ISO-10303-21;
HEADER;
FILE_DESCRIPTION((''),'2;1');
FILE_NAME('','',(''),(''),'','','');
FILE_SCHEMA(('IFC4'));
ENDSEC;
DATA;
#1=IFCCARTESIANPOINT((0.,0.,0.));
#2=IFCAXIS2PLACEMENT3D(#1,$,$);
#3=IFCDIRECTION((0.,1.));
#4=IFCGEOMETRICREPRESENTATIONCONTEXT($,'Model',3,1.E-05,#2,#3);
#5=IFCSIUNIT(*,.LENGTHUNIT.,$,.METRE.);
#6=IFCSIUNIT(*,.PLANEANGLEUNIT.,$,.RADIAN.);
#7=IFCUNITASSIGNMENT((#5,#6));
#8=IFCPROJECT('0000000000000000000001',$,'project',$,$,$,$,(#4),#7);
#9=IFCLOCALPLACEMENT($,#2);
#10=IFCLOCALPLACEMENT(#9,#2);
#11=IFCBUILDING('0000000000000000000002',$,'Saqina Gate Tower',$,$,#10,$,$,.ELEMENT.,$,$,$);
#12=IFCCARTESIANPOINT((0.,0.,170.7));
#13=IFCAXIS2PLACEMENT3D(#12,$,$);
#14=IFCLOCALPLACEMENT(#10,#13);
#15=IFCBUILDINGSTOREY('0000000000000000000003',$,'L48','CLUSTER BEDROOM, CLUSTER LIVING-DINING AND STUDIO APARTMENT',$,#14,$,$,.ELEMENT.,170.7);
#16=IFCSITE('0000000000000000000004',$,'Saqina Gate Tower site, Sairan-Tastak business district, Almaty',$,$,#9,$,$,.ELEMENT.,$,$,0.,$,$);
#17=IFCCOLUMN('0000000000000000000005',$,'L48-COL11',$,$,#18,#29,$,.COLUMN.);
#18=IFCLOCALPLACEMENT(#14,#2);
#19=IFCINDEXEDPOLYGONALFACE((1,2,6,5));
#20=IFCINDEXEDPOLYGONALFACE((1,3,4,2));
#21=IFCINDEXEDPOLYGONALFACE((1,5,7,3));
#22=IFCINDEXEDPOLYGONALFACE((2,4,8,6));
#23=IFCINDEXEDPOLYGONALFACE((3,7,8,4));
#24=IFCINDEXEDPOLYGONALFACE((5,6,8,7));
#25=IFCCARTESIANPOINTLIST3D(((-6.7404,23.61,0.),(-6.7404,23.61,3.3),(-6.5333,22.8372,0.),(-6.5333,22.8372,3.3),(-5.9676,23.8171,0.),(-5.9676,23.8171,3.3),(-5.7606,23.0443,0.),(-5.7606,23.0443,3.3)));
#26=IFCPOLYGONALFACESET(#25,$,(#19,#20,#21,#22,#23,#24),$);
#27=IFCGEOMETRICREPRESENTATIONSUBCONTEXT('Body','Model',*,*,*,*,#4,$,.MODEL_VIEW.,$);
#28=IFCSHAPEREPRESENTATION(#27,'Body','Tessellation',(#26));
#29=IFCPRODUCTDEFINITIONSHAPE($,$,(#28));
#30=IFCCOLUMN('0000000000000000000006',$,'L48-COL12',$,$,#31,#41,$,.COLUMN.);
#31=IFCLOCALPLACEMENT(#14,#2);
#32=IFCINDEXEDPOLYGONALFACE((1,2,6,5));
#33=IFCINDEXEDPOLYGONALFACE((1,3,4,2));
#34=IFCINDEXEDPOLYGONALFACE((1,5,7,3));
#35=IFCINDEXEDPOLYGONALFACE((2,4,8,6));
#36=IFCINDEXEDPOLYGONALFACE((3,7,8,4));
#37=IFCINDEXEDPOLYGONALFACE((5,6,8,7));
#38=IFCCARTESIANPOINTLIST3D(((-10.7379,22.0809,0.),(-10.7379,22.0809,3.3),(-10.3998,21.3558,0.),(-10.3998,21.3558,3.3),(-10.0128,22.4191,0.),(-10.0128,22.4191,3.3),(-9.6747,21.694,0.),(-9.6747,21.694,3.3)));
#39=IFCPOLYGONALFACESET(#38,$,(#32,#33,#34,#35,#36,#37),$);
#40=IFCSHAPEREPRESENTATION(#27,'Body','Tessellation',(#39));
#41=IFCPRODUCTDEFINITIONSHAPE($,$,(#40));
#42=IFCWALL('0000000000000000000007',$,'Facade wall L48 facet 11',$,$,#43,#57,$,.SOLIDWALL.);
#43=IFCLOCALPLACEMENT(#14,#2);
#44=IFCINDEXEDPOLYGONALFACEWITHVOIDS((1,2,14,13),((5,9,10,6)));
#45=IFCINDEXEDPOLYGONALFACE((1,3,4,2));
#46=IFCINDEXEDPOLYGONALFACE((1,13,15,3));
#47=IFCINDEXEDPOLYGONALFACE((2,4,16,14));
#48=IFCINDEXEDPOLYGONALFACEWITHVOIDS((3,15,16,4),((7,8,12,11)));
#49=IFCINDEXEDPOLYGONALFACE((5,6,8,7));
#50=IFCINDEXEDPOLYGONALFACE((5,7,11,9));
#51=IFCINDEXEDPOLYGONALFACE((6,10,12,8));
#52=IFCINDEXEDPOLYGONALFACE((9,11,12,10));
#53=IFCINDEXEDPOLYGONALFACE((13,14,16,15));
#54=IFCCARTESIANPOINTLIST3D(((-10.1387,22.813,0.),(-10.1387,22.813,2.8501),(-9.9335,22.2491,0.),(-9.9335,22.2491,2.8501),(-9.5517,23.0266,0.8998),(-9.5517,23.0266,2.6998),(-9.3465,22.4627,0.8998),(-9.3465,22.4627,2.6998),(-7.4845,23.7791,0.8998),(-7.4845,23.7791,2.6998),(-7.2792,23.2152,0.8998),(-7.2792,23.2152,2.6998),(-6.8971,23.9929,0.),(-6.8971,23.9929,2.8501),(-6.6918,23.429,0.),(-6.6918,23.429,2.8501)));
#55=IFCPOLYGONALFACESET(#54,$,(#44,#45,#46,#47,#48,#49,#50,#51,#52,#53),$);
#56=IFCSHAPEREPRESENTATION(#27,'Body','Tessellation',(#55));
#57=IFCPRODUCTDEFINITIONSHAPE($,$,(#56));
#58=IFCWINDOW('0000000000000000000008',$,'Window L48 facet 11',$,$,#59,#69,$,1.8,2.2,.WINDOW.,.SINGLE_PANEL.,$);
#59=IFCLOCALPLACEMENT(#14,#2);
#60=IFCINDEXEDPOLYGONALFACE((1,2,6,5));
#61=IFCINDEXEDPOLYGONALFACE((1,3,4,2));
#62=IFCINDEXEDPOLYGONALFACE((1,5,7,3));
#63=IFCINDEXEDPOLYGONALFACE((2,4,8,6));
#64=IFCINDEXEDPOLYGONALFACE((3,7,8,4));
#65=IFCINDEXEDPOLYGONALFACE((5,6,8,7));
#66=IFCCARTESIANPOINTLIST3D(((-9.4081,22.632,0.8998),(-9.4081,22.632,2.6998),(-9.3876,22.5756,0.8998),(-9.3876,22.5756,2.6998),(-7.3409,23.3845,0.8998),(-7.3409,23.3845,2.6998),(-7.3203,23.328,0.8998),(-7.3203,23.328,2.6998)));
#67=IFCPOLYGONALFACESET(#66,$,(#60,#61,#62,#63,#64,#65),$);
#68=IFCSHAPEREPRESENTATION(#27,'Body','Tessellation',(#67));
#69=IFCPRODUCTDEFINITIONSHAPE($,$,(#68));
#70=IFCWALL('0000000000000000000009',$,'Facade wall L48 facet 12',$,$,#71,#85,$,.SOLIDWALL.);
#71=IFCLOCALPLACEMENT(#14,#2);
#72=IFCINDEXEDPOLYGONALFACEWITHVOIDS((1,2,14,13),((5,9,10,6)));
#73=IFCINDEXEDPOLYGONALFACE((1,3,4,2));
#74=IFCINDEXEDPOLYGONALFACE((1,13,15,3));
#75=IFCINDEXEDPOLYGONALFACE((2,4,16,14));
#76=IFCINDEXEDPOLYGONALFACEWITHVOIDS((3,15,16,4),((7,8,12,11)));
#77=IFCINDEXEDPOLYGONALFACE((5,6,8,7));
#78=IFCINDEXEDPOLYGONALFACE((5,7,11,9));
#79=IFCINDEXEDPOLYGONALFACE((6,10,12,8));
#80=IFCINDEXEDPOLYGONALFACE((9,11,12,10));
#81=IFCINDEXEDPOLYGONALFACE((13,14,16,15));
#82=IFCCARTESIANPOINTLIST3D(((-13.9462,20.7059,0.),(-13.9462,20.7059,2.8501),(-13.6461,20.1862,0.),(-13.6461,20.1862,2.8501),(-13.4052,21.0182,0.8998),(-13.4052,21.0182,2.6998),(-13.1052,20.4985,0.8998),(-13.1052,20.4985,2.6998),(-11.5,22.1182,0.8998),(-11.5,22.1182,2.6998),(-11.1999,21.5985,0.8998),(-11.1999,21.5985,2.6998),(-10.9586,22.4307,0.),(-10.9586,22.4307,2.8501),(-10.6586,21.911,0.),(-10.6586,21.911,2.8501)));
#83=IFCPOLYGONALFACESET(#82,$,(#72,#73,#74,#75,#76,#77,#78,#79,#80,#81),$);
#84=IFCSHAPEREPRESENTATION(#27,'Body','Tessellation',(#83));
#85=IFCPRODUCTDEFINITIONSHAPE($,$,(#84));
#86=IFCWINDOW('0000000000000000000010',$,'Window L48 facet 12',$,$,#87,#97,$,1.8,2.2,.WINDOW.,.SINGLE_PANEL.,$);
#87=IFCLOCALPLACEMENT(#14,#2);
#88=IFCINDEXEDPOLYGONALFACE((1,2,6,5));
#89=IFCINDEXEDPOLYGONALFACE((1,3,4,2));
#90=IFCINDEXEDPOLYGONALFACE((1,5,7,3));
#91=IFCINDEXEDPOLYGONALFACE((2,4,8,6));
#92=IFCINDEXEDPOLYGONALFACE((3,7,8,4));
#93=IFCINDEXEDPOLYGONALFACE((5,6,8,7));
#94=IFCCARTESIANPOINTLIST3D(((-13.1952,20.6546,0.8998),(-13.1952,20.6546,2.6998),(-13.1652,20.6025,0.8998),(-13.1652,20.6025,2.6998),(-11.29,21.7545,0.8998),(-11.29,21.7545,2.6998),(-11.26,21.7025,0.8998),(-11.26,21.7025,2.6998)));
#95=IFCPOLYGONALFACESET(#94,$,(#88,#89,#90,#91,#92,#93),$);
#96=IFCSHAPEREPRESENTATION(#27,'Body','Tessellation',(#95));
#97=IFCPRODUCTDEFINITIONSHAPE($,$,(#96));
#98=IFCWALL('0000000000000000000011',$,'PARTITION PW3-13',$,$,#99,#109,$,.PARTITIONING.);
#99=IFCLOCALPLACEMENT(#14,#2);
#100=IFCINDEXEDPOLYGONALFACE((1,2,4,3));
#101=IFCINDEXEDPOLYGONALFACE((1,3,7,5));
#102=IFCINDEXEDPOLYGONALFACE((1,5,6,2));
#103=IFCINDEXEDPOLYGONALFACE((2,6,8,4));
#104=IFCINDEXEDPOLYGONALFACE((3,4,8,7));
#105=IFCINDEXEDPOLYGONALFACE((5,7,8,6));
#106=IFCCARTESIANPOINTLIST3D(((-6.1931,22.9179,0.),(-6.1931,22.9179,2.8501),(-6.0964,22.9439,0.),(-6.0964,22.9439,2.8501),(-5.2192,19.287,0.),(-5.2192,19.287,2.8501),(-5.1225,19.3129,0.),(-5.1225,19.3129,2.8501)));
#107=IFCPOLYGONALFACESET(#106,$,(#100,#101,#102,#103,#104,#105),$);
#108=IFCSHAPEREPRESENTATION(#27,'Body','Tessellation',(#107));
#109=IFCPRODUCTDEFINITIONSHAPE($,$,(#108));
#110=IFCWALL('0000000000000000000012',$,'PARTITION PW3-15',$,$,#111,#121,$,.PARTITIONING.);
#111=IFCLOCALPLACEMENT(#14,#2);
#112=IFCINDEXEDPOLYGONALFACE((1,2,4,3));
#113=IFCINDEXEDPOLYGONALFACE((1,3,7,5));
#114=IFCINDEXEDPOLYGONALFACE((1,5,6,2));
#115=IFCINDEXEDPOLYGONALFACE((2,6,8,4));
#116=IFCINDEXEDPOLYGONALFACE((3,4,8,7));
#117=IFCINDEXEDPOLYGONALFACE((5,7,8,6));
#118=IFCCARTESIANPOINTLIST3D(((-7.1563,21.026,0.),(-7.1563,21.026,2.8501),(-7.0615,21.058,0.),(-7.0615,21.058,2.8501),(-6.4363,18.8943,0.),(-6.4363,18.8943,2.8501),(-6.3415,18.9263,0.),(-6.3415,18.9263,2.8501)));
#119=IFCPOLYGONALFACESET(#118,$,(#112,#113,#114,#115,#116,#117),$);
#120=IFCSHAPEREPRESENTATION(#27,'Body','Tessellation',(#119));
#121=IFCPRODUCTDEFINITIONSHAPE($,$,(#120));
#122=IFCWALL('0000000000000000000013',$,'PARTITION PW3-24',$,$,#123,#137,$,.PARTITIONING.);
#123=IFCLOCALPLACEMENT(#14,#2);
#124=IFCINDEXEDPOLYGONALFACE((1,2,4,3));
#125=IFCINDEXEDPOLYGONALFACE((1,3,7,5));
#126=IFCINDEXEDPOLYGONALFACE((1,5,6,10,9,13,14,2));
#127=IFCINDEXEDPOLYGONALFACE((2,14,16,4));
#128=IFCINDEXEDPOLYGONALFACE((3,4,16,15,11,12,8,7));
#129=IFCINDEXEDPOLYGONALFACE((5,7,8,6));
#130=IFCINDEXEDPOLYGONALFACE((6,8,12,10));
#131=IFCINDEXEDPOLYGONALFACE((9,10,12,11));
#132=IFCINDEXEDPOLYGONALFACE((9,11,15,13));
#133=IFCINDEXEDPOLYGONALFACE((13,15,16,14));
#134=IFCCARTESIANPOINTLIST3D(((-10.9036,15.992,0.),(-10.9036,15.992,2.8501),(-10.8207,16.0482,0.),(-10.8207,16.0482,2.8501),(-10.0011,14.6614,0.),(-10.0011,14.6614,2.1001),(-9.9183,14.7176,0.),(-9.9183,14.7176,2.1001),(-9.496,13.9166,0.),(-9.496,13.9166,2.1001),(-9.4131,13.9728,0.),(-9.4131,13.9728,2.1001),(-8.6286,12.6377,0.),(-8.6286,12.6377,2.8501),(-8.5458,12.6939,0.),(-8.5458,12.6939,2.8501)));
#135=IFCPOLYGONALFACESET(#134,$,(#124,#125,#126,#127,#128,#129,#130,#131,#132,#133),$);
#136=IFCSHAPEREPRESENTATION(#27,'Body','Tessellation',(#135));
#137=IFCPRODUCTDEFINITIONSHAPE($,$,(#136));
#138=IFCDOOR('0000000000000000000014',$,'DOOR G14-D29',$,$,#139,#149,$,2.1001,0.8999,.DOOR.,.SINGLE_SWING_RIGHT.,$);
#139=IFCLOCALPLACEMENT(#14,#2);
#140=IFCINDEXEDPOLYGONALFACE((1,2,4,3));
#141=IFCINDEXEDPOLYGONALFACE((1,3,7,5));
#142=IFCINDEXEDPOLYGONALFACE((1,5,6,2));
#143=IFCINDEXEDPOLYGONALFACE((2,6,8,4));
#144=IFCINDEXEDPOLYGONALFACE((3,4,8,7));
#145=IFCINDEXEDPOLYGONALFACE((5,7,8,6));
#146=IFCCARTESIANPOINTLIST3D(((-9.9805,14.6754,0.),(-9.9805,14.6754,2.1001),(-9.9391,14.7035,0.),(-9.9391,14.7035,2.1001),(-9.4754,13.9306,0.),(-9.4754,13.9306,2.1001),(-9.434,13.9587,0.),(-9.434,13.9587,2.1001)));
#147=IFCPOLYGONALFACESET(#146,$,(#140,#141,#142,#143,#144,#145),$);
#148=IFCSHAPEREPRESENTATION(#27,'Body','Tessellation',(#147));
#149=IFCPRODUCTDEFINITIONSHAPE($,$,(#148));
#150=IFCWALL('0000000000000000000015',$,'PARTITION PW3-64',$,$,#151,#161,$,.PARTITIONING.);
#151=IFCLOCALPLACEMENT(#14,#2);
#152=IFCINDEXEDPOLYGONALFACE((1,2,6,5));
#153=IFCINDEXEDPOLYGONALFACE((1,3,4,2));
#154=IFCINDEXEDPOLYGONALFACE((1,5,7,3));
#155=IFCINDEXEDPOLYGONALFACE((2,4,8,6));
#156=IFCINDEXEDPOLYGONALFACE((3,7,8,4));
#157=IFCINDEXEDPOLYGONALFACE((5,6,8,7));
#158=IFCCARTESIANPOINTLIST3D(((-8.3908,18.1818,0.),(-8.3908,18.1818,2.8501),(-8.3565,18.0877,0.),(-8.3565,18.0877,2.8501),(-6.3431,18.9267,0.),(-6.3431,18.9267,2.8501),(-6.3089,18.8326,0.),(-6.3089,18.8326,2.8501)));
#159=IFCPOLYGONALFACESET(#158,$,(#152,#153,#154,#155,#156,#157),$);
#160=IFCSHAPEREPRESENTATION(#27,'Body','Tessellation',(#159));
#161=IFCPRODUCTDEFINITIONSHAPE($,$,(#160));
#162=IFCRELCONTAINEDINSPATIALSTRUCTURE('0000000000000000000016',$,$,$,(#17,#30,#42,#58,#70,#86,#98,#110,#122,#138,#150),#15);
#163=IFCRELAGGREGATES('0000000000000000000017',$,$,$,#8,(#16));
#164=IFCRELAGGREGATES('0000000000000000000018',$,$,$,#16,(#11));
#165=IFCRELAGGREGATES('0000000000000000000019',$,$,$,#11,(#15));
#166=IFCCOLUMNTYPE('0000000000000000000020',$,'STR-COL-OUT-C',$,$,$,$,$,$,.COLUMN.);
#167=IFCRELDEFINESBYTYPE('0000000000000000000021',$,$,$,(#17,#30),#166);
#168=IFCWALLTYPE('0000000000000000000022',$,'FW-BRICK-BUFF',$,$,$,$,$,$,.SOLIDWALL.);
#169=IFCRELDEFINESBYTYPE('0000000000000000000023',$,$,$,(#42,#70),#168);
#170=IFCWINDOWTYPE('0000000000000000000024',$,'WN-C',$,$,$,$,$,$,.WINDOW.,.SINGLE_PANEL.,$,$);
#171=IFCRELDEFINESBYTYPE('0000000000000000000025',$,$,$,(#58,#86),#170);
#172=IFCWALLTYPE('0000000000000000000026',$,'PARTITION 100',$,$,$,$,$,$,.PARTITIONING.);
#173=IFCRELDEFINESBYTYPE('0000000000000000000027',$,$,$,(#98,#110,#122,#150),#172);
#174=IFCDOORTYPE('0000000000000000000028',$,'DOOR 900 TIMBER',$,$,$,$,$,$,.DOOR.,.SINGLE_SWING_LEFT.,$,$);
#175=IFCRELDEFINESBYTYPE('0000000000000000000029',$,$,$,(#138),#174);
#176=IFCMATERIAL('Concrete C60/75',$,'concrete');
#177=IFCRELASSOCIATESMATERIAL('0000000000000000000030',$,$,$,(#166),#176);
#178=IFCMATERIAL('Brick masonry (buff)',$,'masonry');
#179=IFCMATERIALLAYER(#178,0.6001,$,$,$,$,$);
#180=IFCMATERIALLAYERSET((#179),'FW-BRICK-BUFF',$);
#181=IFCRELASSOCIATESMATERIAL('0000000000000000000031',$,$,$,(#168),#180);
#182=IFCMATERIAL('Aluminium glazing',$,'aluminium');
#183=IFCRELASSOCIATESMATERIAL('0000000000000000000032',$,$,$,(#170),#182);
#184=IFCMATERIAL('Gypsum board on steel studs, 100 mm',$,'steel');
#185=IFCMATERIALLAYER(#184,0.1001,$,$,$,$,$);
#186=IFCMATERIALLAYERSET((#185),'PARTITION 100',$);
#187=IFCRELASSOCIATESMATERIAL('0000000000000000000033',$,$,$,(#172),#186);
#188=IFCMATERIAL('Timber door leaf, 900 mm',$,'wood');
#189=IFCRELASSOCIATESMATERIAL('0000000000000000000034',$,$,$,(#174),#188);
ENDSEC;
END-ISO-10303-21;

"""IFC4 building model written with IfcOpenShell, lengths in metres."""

from ifc_helpers import new_model, si_unit, direction, frame, frame_2d, origin, origin_2d, place, context, subcontext, project, spatial, rectangle, extrude, material, layer, layer_set, material_profile, profile_set, type_object, element, fill, save


model = new_model("IFC4")

# Units and contexts
model_context = context("Model", 3, precision=1e-05, world=origin(), true_north=direction((0.0, 1.0)))
body_context = subcontext(model_context, "Body", "Model", "MODEL_VIEW")
ifc_project = project(units=[si_unit("LENGTHUNIT", "METRE"), si_unit("PLANEANGLEUNIT", "RADIAN")], contexts=[model_context])

# Site, building, storey
site_placement = place(None, origin())
site = spatial("IfcSite", under=ifc_project, at=site_placement, Name="Saqina Gate Tower site, Sairan-Tastak business district, Almaty", CompositionType="ELEMENT", RefElevation=0.0)
building_placement = place(site_placement, origin())
building = spatial("IfcBuilding", under=site, at=building_placement, Name="Saqina Gate Tower", CompositionType="ELEMENT")
storey_placement = place(building_placement, frame((0.0, 0.0, 170.7)))
storey = spatial("IfcBuildingStorey", under=building, at=storey_placement, Name="L48", Description="CLUSTER BEDROOM, CLUSTER LIVING-DINING AND STUDIO APARTMENT", CompositionType="ELEMENT", Elevation=170.7)

# Columns
ifc_material_1 = material(Name="Concrete C60/75", Category="concrete")
ifc_material_profile = material_profile(ifc_material_1, rectangle(XDim=0.8, YDim=0.8, at=origin_2d()), Name="RC 800x800")
ifc_profile_set = profile_set([ifc_material_profile], Name="Concrete C60/75")
column_type = type_object("IfcColumnType", Name="STR-COL-OUT-C", PredefinedType="COLUMN", material=ifc_profile_set)
for number, where, z_axis, x_axis, name in (
    (1, (-6.2505, 23.3271, 0.0), (0.0, 0.0, 1.0), (-0.258819, 0.965926, 0.0), "L48-COL11"),
    (2, (-10.2063, 21.8875, 0.0), (0.0, 0.0, 1.0), (-0.422618, 0.906308, 0.0), "L48-COL12"),
):
    element("IfcColumn", number, at=place(storey_placement, frame(where, z_axis=z_axis, x_axis=x_axis)), inside=storey, type_object=column_type, Name=name, PredefinedType="COLUMN", context=body_context, shape_type="SweptSolid", body=[
        extrude(rectangle(XDim=0.8, YDim=0.8, at=origin_2d()), origin(), (0.0, 0.0, 1.0), 3.3),
    ])

# Walls, openings, windows
ifc_material_2 = material(Name="Brick masonry (buff)", Category="masonry")
ifc_layer_1 = layer(ifc_material_2, 0.6001)
ifc_layer_set_1 = layer_set([ifc_layer_1], Name="FW-BRICK-BUFF")
wall_type_1 = type_object("IfcWallType", Name="FW-BRICK-BUFF", PredefinedType="SOLIDWALL", material=ifc_layer_set_1)
wall_1_placement = place(storey_placement, frame((-6.7944, 23.7109, 0.0), z_axis=(0.0, 0.0, 1.0), x_axis=(-0.939688, -0.342033, 0.0)))
wall_1 = element("IfcWall", 3, at=wall_1_placement, inside=storey, type_object=wall_type_1, Name="Facade wall L48 facet 11", PredefinedType="SOLIDWALL", context=body_context, shape_type="SweptSolid", body=[
    extrude(rectangle(XDim=3.4497, YDim=0.6001, at=frame_2d((1.7249, 0.0))), origin(), (0.0, 0.0, 1.0), 2.8501),
])
opening_1_placement = place(wall_1_placement, frame((0.625, 0.0, 0.8999)))
opening_1 = element("IfcOpeningElement", 4, at=opening_1_placement, cuts=wall_1, PredefinedType="OPENING", context=body_context, shape_type="SweptSolid", body=[
    extrude(rectangle(XDim=2.2, YDim=1.8, at=frame_2d((1.1001, 0.8999))), frame((0.0, 0.312, 0.0), z_axis=(0.0, -1.0, 0.0), x_axis=(1.0, 0.0, 0.0)), (0.0, 0.0, 1.0), 0.624),
])
ifc_material_3 = material(Name="Aluminium glazing", Category="aluminium")
window_type = type_object("IfcWindowType", Name="WN-C", PartitioningType="SINGLE_PANEL", PredefinedType="WINDOW", material=ifc_material_3)
window_1_placement = place(opening_1_placement, origin())
window_1 = element("IfcWindow", 5, at=window_1_placement, inside=storey, type_object=window_type, Name="Window L48 facet 11", OverallHeight=1.8, OverallWidth=2.2, PartitioningType="SINGLE_PANEL", PredefinedType="WINDOW", context=body_context, shape_type="SweptSolid", body=[
    extrude(rectangle(XDim=2.2, YDim=1.8, at=frame_2d((1.1001, 0.8999))), frame((0.0, 0.1799, 0.0), z_axis=(0.0, -1.0, 0.0), x_axis=(1.0, 0.0, 0.0)), (0.0, 0.0, 1.0), 0.0601),
])
fill(opening_1, window_1)
wall_2_placement = place(storey_placement, frame((-10.8086, 22.1709, 0.0), z_axis=(0.0, 0.0, 1.0), x_axis=(-0.866026, -0.499998, 0.0)))
wall_2 = element("IfcWall", 6, at=wall_2_placement, inside=storey, type_object=wall_type_1, Name="Facade wall L48 facet 12", PredefinedType="SOLIDWALL", context=body_context, shape_type="SweptSolid", body=[
    extrude(rectangle(XDim=3.4497, YDim=0.6001, at=frame_2d((1.7249, 0.0))), origin(), (0.0, 0.0, 1.0), 2.8501),
])
opening_2_placement = place(wall_2_placement, frame((0.625, 0.0, 0.8999)))
opening_2 = element("IfcOpeningElement", 7, at=opening_2_placement, cuts=wall_2, PredefinedType="OPENING", context=body_context, shape_type="SweptSolid", body=[
    extrude(rectangle(XDim=2.2, YDim=1.8, at=frame_2d((1.1001, 0.8999))), frame((0.0, 0.312, 0.0), z_axis=(0.0, -1.0, 0.0), x_axis=(1.0, 0.0, 0.0)), (0.0, 0.0, 1.0), 0.624),
])
window_2_placement = place(opening_2_placement, origin())
window_2 = element("IfcWindow", 8, at=window_2_placement, inside=storey, type_object=window_type, Name="Window L48 facet 12", OverallHeight=1.8, OverallWidth=2.2, PartitioningType="SINGLE_PANEL", PredefinedType="WINDOW", context=body_context, shape_type="SweptSolid", body=[
    extrude(rectangle(XDim=2.2, YDim=1.8, at=frame_2d((1.1001, 0.8999))), frame((0.0, 0.1799, 0.0), z_axis=(0.0, -1.0, 0.0), x_axis=(1.0, 0.0, 0.0)), (0.0, 0.0, 1.0), 0.0601),
])
fill(opening_2, window_2)

# Walls
ifc_material_4 = material(Name="Gypsum board on steel studs, 100 mm", Category="steel")
ifc_layer_2 = layer(ifc_material_4, 0.1001)
ifc_layer_set_2 = layer_set([ifc_layer_2], Name="PARTITION 100")
wall_type_2 = type_object("IfcWallType", Name="PARTITION 100", PredefinedType="PARTITIONING", material=ifc_layer_set_2)
wall_3_placement = place(storey_placement, frame((-6.1448, 22.9309, 0.0), z_axis=(0.0, 0.0, 1.0), x_axis=(0.259065, -0.96586, 0.0)))
element("IfcWall", 9, at=wall_3_placement, inside=storey, type_object=wall_type_2, Name="PARTITION PW3-13", PredefinedType="PARTITIONING", context=body_context, shape_type="SweptSolid", body=[
    extrude(rectangle(XDim=3.7593, YDim=0.1001, at=frame_2d((1.8796, 0.0))), origin(), (0.0, 0.0, 1.0), 2.8501),
])
wall_4_placement = place(storey_placement, frame((-7.1089, 21.042, 0.0), z_axis=(0.0, 0.0, 1.0), x_axis=(0.320001, -0.947417, 0.0)))
element("IfcWall", 10, at=wall_4_placement, inside=storey, type_object=wall_type_2, Name="PARTITION PW3-15", PredefinedType="PARTITIONING", context=body_context, shape_type="SweptSolid", body=[
    extrude(rectangle(XDim=2.25, YDim=0.1001, at=frame_2d((1.125, 0.0))), origin(), (0.0, 0.0, 1.0), 2.8501),
])

# Wall, opening, door
wall_5_placement = place(storey_placement, frame((-10.8621, 16.02, 0.0), z_axis=(0.0, 0.0, 1.0), x_axis=(0.5613, -0.827613, 0.0)))
wall_5 = element("IfcWall", 11, at=wall_5_placement, inside=storey, type_object=wall_type_2, Name="PARTITION PW3-24", PredefinedType="PARTITIONING", context=body_context, shape_type="SweptSolid", body=[
    extrude(rectangle(XDim=4.053, YDim=0.1001, at=frame_2d((2.0264, 0.0))), origin(), (0.0, 0.0, 1.0), 2.8501),
])
opening_3_placement = place(wall_5_placement, frame((1.6077, 0.0, 0.0)))
opening_3 = element("IfcOpeningElement", 12, at=opening_3_placement, cuts=wall_5, PredefinedType="OPENING", context=body_context, shape_type="SweptSolid", body=[
    extrude(rectangle(XDim=0.8999, YDim=2.1001, at=frame_2d((0.45, 1.05))), frame((0.0, 0.062, 0.0), z_axis=(0.0, -1.0, 0.0), x_axis=(1.0, 0.0, 0.0)), (0.0, 0.0, 1.0), 0.124),
])
ifc_material_5 = material(Name="Timber door leaf, 900 mm", Category="wood")
door_type_1 = type_object("IfcDoorType", Name="DOOR 900 TIMBER", OperationType="SINGLE_SWING_LEFT", PredefinedType="DOOR", material=ifc_material_5)
door_1_placement = place(opening_3_placement, origin())
door_1 = element("IfcDoor", 13, at=door_1_placement, inside=storey, type_object=door_type_1, Name="DOOR G14-D29", OperationType="SINGLE_SWING_RIGHT", OverallHeight=2.1001, OverallWidth=0.8999, PredefinedType="DOOR", context=body_context, shape_type="SweptSolid", body=[
    extrude(rectangle(XDim=0.8999, YDim=2.1001, at=frame_2d((0.45, 1.05))), frame((0.0, 0.0249, 0.0), z_axis=(0.0, -1.0, 0.0), x_axis=(1.0, 0.0, 0.0)), (0.0, 0.0, 1.0), 0.05),
])
fill(opening_3, door_1)

# Wall
wall_6_placement = place(storey_placement, frame((-8.3735, 18.1348, 0.0), z_axis=(0.0, 0.0, 1.0), x_axis=(0.939751, 0.34186, 0.0)))
element("IfcWall", 14, at=wall_6_placement, inside=storey, type_object=wall_type_2, Name="PARTITION PW3-64", PredefinedType="PARTITIONING", context=body_context, shape_type="SweptSolid", body=[
    extrude(rectangle(XDim=2.179, YDim=0.1001, at=frame_2d((1.0894, 0.0))), origin(), (0.0, 0.0, 1.0), 2.8501),
])

save(model, "model.ifc")
